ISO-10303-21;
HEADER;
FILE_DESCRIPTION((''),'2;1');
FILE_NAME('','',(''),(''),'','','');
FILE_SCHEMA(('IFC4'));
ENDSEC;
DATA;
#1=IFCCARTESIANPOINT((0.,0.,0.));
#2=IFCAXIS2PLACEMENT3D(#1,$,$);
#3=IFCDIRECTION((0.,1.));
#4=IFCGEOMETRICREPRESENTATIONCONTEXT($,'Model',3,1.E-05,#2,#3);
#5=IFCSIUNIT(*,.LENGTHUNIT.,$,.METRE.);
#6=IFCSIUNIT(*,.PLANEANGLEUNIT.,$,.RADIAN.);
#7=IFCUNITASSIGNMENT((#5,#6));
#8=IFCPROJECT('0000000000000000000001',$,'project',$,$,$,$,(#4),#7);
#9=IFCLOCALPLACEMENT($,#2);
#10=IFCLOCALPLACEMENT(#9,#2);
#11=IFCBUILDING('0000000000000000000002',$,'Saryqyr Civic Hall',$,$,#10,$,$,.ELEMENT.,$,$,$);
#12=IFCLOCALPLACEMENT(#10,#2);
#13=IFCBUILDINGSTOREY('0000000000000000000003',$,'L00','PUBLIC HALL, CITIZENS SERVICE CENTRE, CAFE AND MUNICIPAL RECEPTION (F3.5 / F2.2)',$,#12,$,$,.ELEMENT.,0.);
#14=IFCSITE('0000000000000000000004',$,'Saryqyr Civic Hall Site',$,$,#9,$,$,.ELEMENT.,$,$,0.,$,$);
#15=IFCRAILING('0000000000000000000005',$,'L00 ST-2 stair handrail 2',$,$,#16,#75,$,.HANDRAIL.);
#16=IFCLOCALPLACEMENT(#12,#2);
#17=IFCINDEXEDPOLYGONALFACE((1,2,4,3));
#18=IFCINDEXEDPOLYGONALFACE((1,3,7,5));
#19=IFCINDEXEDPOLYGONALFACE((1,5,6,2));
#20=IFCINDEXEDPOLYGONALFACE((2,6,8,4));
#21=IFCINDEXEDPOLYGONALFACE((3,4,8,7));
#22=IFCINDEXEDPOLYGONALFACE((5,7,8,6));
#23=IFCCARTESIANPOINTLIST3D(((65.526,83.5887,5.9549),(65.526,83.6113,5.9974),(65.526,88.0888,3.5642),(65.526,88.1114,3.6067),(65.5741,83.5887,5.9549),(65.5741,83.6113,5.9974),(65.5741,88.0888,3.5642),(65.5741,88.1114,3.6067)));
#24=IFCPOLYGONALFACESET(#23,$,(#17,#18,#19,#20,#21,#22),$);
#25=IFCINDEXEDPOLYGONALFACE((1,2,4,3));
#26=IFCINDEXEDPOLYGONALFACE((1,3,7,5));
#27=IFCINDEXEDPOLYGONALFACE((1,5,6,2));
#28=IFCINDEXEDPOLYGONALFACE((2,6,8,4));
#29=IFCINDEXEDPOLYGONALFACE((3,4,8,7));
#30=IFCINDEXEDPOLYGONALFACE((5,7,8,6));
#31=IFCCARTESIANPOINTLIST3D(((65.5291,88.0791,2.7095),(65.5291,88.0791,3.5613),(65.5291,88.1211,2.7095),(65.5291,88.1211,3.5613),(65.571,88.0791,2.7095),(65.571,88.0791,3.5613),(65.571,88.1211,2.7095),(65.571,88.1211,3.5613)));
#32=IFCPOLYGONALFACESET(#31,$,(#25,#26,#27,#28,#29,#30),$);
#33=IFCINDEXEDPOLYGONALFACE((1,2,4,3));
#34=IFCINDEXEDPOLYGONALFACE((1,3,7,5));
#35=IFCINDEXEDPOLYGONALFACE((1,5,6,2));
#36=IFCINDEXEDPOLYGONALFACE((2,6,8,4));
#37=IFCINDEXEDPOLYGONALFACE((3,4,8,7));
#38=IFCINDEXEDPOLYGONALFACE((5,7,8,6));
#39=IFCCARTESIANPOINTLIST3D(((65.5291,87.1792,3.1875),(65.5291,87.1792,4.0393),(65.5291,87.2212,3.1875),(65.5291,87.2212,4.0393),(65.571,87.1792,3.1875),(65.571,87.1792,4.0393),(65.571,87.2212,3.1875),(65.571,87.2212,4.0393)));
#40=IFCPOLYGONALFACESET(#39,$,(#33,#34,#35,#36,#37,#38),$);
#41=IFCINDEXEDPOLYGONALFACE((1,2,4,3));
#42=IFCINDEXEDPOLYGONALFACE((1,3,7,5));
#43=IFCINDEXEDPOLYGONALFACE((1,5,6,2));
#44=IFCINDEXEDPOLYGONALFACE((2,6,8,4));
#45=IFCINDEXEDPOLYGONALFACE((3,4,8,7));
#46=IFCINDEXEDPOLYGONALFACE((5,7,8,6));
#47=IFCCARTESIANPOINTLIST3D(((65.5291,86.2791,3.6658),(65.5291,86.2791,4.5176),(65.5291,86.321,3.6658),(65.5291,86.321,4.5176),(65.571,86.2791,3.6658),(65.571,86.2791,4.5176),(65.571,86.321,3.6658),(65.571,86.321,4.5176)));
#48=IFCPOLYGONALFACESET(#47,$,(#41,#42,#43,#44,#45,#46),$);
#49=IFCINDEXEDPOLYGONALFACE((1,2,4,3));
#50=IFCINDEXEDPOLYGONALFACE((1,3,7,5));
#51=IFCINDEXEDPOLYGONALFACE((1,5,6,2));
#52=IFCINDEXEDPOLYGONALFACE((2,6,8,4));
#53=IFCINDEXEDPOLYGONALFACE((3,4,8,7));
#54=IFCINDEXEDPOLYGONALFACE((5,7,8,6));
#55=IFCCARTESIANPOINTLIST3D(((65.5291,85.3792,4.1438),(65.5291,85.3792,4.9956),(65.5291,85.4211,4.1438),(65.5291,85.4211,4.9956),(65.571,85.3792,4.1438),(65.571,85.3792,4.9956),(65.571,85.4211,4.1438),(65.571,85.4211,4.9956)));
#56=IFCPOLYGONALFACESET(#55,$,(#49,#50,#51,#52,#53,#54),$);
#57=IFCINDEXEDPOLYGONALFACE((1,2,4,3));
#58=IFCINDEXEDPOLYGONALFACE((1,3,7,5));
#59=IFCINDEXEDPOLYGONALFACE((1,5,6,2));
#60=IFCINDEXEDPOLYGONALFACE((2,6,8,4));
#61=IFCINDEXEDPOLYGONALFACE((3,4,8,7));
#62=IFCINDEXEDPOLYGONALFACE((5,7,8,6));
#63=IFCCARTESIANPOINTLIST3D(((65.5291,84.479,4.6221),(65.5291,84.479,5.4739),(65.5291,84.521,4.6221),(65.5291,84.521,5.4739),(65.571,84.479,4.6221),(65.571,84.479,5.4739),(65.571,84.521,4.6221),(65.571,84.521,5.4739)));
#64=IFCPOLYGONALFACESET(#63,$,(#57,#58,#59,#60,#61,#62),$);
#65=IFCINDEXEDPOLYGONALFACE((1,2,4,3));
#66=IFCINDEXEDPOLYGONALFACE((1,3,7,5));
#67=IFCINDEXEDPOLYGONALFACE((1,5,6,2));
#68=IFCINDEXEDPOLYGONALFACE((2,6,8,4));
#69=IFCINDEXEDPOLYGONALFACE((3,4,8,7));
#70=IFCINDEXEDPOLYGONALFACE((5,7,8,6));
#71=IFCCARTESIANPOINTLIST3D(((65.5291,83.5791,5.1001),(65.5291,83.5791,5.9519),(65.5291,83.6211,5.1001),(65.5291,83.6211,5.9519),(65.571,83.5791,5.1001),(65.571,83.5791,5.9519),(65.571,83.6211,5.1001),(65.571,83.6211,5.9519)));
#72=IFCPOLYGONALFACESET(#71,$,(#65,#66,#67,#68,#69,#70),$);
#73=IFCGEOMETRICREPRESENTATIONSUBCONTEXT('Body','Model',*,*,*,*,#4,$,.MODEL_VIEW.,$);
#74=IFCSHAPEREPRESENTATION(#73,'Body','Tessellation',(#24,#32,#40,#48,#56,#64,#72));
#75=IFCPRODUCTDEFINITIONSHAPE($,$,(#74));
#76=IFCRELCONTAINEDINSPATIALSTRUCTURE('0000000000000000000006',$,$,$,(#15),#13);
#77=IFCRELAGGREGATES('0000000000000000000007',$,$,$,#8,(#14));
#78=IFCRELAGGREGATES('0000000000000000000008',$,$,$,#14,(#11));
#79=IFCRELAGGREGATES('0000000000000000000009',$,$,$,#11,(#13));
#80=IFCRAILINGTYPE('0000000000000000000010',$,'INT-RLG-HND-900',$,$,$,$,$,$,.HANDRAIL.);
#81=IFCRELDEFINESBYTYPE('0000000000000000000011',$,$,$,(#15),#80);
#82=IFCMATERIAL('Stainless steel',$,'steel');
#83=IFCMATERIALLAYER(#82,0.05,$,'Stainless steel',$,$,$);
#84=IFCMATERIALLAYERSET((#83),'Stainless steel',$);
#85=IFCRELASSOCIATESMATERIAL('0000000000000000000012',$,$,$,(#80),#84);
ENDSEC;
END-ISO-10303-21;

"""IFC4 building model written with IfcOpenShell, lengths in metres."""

from ifc_helpers import new_model, si_unit, direction, frame, origin, origin_2d, place, context, subcontext, project, spatial, rectangle, extrude, material, layer, layer_set, type_object, element, save


model = new_model("IFC4")

# Units and contexts
model_context = context("Model", 3, precision=1e-05, world=origin(), true_north=direction((0.0, 1.0)))
body_context = subcontext(model_context, "Body", "Model", "MODEL_VIEW")
ifc_project = project(units=[si_unit("LENGTHUNIT", "METRE"), si_unit("PLANEANGLEUNIT", "RADIAN")], contexts=[model_context])

# Site, building, storey
site_placement = place(None, origin())
site = spatial("IfcSite", under=ifc_project, at=site_placement, Name="Saryqyr Civic Hall Site", CompositionType="ELEMENT", RefElevation=0.0)
building_placement = place(site_placement, origin())
building = spatial("IfcBuilding", under=site, at=building_placement, Name="Saryqyr Civic Hall", CompositionType="ELEMENT")
storey_placement = place(building_placement, origin())
storey = spatial("IfcBuildingStorey", under=building, at=storey_placement, Name="L00", Description="PUBLIC HALL, CITIZENS SERVICE CENTRE, CAFE AND MUNICIPAL RECEPTION (F3.5 / F2.2)", CompositionType="ELEMENT", Elevation=0.0)

# Railing
ifc_material_1 = material(Name="Stainless steel", Category="steel")
ifc_layer_1 = layer(ifc_material_1, 0.05, Name="Stainless steel")
ifc_layer_set_1 = layer_set([ifc_layer_1], Name="Stainless steel")
railing_type_1 = type_object("IfcRailingType", Name="INT-RLG-HND-900", PredefinedType="HANDRAIL", material=ifc_layer_set_1)
railing_1_placement = place(storey_placement, frame((65.55, 88.1001, 2.7095)))
element("IfcRailing", 1, at=railing_1_placement, inside=storey, type_object=railing_type_1, Name="L00 ST-2 stair handrail 2", PredefinedType="HANDRAIL", context=body_context, shape_type="SweptSolid", body=[
    extrude(rectangle(XDim=0.0481, YDim=0.0481, at=origin_2d()), frame((0.0, 0.0, 0.876), z_axis=(0.0, -0.883116, 0.469155), x_axis=(1.0, 0.0, 0.0)), (0.0, 0.0, 1.0), 5.0957),
    extrude(rectangle(XDim=0.042, YDim=0.042, at=origin_2d()), origin(), (0.0, 0.0, 1.0), 0.8518),
    extrude(rectangle(XDim=0.042, YDim=0.042, at=origin_2d()), frame((0.0, -0.8999, 0.478)), (0.0, 0.0, 1.0), 0.8518),
    extrude(rectangle(XDim=0.042, YDim=0.042, at=origin_2d()), frame((0.0, -1.8, 0.9563)), (0.0, 0.0, 1.0), 0.8518),
    extrude(rectangle(XDim=0.042, YDim=0.042, at=origin_2d()), frame((0.0, -2.7, 1.4343)), (0.0, 0.0, 1.0), 0.8518),
    extrude(rectangle(XDim=0.042, YDim=0.042, at=origin_2d()), frame((0.0, -3.6001, 1.9126)), (0.0, 0.0, 1.0), 0.8518),
    extrude(rectangle(XDim=0.042, YDim=0.042, at=origin_2d()), frame((0.0, -4.5, 2.3906)), (0.0, 0.0, 1.0), 0.8518),
])

save(model, "model.ifc")
